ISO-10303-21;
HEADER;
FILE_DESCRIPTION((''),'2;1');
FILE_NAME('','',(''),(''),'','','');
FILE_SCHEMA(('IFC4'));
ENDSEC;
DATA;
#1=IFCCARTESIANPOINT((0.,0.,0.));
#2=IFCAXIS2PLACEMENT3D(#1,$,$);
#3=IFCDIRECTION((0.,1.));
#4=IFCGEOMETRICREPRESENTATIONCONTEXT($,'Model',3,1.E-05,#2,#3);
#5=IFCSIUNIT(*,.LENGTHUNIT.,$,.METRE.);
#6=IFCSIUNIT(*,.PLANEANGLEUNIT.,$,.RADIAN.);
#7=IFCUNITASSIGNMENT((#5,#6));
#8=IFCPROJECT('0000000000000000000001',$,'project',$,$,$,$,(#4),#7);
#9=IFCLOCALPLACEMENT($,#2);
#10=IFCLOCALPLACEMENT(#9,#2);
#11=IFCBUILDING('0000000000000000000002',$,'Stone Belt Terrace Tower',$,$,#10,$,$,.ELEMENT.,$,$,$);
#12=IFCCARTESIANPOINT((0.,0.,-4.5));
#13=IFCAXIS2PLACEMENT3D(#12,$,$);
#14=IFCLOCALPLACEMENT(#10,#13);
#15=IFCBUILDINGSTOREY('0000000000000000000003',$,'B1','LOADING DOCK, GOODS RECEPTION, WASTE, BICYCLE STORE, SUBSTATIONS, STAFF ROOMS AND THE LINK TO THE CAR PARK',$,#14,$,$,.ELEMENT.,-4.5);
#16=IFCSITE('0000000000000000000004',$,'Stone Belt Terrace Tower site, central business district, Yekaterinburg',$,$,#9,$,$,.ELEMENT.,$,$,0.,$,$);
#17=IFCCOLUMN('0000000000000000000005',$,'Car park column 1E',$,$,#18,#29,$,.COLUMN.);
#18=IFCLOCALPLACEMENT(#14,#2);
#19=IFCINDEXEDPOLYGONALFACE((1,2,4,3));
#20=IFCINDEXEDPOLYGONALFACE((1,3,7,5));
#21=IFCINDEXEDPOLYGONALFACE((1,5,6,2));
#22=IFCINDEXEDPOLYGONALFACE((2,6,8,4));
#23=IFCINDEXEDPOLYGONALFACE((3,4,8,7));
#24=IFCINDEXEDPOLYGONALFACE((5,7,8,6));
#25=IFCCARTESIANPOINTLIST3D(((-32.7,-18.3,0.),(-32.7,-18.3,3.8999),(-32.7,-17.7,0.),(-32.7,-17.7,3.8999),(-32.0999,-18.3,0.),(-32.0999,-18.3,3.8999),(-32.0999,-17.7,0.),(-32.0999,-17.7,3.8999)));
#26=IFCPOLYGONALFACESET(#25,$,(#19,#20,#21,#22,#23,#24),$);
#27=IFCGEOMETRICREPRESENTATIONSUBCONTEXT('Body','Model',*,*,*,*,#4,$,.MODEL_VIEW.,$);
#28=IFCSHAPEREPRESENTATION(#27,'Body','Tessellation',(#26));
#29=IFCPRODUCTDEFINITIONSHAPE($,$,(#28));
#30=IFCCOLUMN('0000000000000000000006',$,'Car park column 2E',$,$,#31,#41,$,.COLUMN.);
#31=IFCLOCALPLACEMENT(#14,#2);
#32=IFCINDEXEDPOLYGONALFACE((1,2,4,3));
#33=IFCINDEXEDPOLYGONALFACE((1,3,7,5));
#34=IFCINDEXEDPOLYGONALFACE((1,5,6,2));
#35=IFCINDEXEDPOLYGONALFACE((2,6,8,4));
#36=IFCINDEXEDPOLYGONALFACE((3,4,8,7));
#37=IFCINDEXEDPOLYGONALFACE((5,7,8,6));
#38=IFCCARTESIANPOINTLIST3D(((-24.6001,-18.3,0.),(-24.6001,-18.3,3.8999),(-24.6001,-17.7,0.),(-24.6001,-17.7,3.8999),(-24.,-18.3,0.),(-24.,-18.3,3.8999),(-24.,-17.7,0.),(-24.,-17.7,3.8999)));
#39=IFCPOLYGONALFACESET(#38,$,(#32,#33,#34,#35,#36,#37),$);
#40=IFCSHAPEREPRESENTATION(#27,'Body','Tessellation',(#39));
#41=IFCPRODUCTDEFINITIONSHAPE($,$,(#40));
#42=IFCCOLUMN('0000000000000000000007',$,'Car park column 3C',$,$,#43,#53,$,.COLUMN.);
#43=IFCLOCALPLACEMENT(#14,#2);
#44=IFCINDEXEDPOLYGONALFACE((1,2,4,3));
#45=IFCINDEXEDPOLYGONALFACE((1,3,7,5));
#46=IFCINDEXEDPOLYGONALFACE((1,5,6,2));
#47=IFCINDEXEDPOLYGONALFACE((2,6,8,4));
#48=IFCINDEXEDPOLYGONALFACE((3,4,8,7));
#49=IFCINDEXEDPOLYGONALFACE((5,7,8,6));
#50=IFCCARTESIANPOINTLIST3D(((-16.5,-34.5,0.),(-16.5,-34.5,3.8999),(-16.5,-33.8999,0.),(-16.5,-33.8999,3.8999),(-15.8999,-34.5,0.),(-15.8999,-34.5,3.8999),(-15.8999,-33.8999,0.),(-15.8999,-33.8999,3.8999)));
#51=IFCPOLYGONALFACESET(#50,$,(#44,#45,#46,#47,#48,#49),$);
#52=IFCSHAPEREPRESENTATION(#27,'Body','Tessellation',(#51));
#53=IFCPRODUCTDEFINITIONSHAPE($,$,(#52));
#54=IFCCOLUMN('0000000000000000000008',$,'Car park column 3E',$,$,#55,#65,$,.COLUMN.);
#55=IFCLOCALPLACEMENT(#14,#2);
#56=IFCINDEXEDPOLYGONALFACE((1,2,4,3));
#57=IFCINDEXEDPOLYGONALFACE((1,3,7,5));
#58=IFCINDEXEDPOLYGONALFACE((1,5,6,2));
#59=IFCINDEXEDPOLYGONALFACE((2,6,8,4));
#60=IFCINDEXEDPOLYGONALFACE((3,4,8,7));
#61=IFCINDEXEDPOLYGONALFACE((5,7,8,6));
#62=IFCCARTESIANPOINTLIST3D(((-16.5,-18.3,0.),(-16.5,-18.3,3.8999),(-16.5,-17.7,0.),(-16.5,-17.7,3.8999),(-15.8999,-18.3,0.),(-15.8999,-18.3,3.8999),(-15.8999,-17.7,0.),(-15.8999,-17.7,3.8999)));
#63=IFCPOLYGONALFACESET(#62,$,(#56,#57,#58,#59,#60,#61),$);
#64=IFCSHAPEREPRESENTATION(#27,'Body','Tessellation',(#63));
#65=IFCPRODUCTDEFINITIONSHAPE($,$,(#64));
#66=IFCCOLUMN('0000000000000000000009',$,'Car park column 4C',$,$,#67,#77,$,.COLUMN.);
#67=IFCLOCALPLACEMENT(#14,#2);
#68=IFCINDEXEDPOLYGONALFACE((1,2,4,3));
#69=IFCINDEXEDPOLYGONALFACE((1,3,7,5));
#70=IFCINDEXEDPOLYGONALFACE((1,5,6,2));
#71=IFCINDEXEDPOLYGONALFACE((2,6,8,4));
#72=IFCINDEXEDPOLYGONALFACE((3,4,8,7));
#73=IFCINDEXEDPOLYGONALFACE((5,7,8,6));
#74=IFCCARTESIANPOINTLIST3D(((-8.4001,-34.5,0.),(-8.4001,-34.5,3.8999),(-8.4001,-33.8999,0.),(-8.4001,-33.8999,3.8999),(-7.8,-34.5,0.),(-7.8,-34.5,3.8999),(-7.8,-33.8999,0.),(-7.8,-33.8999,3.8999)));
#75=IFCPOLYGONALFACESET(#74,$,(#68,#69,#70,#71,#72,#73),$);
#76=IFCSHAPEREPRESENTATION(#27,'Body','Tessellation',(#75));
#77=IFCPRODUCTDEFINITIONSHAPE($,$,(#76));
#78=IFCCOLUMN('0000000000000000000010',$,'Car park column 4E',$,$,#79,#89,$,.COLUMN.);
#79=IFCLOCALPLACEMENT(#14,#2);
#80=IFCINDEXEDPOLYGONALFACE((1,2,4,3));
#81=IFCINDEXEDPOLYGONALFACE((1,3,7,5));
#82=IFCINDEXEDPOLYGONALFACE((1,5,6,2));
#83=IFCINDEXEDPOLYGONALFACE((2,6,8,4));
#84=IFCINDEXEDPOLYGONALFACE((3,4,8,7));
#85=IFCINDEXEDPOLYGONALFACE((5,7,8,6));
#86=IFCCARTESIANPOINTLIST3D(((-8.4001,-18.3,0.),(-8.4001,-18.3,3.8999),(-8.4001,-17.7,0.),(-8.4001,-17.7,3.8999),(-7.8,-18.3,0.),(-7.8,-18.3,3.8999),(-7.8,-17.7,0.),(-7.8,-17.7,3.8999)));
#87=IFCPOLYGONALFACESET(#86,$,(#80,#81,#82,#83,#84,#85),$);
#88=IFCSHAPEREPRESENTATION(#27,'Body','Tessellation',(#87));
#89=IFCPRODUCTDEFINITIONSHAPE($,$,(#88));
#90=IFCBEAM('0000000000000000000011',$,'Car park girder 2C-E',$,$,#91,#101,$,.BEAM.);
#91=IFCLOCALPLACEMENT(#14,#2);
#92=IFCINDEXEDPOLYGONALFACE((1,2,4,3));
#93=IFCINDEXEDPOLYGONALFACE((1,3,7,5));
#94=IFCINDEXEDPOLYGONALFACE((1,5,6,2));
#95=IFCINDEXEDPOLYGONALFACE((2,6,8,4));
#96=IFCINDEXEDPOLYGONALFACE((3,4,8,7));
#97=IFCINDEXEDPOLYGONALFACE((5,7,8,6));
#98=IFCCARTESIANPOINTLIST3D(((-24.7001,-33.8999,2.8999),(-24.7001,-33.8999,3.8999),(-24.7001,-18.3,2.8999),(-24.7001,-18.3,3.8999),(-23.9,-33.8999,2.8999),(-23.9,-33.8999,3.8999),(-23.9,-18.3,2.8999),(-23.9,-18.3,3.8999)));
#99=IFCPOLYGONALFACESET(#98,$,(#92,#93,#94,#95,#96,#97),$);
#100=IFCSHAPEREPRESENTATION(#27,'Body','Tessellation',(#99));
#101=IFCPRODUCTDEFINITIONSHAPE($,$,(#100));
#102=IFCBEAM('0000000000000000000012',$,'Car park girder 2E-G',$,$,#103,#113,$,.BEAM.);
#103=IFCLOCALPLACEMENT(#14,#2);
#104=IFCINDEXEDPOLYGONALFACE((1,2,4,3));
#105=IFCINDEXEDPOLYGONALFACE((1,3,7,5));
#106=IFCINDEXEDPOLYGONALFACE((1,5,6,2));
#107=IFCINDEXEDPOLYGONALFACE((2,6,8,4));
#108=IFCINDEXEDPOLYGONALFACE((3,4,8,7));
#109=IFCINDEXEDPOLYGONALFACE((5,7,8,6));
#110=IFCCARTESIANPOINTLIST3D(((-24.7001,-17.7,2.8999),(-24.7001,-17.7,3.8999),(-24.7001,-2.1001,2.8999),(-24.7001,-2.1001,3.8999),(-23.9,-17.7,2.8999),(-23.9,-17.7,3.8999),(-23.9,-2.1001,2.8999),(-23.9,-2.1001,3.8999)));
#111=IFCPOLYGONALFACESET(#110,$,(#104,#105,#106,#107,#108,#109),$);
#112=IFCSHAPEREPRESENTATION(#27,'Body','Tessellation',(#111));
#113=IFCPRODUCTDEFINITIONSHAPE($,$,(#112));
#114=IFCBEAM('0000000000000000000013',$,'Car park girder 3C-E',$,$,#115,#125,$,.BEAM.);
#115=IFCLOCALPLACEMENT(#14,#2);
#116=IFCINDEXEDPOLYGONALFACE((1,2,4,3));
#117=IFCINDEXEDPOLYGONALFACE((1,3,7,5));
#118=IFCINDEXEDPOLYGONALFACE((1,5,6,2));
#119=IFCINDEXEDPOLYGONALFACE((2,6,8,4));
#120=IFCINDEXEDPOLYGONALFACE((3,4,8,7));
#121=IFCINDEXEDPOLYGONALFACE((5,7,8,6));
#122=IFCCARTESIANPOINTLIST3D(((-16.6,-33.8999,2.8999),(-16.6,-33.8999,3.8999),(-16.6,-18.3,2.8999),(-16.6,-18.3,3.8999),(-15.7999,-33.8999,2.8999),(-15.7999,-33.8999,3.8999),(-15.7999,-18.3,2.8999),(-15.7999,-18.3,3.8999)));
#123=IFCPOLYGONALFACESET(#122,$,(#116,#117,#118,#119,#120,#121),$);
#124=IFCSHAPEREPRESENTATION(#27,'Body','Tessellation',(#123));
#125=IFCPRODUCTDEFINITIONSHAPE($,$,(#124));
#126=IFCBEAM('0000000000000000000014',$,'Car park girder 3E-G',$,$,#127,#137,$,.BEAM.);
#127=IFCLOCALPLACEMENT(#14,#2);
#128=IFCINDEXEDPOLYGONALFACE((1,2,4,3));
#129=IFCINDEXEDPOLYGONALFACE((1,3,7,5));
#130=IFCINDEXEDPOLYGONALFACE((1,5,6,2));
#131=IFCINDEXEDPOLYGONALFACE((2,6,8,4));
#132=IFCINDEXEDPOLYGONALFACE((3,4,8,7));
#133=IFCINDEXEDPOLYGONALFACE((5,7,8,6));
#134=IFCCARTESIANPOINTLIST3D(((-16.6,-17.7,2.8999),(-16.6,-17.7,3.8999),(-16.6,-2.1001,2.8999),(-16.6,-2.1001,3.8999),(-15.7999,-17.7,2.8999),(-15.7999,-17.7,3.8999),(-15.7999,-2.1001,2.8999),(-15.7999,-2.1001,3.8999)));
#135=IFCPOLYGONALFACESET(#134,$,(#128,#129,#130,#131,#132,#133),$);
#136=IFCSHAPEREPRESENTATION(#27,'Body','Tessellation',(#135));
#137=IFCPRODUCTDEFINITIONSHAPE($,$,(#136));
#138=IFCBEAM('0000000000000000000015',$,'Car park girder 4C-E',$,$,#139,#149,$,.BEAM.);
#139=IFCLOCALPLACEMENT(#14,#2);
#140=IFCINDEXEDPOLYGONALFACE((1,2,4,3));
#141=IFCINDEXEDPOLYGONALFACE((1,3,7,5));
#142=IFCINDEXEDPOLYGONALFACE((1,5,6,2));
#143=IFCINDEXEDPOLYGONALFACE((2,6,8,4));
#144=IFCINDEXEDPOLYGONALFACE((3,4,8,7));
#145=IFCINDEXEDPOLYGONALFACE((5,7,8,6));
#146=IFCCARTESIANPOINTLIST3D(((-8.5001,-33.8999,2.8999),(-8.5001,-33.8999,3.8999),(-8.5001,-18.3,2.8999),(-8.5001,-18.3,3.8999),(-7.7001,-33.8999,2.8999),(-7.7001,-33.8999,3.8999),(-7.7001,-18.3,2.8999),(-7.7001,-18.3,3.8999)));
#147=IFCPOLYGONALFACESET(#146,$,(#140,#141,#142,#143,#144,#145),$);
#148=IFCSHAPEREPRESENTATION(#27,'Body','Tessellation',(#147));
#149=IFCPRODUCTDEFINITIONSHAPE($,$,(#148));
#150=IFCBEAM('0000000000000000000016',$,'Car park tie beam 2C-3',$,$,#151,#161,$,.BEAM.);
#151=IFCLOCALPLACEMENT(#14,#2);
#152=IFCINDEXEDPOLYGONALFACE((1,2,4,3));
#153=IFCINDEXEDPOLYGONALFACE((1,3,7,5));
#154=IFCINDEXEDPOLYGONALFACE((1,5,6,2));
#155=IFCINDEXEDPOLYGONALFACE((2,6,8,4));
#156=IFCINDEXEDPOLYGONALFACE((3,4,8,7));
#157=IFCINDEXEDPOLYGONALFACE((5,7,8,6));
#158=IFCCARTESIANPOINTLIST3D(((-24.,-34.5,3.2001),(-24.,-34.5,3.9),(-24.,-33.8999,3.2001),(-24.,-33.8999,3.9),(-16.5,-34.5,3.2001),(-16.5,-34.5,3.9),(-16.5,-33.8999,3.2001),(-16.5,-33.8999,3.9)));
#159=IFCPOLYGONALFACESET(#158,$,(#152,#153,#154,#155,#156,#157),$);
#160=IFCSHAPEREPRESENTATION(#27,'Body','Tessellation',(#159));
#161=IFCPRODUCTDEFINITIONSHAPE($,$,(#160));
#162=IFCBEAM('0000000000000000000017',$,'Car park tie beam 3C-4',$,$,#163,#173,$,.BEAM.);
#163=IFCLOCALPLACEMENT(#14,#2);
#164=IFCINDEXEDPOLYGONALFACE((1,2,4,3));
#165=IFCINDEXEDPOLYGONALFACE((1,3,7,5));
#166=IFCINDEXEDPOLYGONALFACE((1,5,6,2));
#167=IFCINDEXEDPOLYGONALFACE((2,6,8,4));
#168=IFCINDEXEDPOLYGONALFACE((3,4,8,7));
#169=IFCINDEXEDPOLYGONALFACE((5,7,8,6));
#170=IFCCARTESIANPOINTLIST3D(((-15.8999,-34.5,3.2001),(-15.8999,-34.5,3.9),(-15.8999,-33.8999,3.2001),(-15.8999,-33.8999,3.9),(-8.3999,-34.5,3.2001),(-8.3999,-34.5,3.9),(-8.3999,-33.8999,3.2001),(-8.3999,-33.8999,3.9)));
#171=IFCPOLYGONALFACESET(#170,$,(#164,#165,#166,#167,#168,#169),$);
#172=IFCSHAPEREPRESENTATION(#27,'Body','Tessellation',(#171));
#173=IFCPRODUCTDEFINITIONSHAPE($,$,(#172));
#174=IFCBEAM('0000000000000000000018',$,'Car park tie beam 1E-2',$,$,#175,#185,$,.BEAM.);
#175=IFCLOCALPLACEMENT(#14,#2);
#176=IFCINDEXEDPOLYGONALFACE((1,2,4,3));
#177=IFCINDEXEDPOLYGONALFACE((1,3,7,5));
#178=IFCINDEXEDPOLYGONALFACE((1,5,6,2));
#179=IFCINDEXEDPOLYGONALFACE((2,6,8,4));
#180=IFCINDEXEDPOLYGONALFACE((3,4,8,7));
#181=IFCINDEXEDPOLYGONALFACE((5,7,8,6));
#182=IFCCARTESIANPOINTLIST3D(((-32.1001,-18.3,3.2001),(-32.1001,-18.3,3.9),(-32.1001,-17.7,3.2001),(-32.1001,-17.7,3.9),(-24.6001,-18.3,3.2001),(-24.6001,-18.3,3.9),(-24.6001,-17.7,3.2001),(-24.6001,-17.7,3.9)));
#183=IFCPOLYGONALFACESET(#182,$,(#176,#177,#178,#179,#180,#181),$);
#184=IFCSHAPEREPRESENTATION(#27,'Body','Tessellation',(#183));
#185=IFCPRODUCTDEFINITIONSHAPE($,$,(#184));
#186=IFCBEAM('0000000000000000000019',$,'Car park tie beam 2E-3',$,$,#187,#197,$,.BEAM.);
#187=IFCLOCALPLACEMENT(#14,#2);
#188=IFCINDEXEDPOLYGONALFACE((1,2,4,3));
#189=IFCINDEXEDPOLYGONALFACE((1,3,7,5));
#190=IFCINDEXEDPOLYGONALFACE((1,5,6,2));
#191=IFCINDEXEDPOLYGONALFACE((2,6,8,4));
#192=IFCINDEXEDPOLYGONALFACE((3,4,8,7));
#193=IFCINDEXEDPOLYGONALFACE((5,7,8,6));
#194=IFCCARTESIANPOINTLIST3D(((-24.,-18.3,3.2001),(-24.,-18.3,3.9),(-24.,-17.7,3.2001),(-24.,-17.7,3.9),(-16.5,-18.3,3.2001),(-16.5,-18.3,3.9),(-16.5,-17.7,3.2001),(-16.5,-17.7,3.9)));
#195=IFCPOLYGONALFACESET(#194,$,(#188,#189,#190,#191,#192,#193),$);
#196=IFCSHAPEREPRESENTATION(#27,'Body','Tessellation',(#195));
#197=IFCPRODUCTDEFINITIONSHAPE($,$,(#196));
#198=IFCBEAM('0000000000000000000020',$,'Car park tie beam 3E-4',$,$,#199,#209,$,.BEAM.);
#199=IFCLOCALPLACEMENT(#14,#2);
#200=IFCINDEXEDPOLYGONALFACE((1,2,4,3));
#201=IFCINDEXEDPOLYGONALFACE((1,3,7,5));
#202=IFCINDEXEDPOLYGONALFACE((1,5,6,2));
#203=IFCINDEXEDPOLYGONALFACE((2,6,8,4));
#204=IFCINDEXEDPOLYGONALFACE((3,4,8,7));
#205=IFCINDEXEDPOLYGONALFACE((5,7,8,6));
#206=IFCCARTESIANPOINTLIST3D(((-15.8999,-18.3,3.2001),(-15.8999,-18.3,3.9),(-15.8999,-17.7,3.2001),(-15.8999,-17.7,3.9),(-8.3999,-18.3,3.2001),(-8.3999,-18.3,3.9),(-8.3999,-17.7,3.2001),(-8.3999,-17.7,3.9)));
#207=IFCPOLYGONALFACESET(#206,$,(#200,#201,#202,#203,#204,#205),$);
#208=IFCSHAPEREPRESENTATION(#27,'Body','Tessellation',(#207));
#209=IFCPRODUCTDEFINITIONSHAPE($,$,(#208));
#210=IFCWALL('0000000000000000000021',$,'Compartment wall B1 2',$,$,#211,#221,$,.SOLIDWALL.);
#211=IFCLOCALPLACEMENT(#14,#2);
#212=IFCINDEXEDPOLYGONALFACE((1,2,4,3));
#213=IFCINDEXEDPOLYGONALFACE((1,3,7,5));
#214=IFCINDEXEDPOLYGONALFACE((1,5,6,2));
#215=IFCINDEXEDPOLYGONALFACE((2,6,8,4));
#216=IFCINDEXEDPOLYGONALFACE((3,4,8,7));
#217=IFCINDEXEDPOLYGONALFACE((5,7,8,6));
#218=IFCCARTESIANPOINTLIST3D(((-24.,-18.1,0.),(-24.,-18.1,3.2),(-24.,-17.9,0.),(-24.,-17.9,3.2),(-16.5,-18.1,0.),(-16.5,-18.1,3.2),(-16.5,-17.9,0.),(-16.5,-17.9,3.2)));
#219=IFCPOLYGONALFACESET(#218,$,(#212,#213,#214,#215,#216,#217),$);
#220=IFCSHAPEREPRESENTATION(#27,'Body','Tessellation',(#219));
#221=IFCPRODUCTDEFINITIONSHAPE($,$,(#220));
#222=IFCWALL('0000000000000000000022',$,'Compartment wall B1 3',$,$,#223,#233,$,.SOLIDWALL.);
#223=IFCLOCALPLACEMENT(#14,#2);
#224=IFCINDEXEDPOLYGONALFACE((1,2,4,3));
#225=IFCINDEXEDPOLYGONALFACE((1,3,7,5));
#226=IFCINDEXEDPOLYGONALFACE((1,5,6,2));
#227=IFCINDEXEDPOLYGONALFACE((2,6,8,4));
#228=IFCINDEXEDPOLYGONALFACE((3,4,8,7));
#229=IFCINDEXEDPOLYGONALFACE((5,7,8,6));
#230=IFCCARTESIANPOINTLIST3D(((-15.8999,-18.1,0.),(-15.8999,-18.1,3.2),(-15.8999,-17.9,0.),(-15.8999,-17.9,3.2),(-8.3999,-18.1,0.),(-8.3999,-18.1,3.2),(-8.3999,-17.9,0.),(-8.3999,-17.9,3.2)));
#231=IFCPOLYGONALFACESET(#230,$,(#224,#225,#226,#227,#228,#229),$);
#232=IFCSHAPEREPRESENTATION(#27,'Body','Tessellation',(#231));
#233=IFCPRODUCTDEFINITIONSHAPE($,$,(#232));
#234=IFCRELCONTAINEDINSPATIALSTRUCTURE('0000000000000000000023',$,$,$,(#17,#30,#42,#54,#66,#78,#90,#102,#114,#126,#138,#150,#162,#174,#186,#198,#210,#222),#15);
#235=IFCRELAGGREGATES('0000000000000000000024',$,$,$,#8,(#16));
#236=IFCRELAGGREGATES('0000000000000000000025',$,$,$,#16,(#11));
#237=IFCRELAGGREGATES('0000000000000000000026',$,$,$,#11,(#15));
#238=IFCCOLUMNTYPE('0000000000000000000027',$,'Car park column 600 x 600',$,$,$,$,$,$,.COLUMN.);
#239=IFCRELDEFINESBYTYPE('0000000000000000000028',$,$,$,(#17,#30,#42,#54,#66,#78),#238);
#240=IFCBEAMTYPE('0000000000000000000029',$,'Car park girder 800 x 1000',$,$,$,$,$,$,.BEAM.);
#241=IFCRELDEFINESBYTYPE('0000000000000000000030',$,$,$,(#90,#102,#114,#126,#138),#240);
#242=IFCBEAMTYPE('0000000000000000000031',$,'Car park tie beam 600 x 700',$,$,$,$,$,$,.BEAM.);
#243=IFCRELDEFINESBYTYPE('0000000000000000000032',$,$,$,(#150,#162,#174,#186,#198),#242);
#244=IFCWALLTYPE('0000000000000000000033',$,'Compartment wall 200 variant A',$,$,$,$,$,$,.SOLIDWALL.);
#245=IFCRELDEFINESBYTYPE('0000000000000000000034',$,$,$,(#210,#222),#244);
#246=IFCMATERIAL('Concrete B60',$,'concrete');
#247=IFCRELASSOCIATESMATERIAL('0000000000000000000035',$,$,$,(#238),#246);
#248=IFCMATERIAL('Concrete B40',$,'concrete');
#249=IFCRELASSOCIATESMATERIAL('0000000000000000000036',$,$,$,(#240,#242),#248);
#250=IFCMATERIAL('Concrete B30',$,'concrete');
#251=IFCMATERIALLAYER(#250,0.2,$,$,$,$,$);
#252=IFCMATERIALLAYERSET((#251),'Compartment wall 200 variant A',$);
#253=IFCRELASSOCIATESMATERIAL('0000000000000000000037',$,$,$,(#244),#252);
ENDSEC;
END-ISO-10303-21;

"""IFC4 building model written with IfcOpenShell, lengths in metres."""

from ifc_helpers import new_model, si_unit, direction, frame, frame_2d, origin, origin_2d, place, context, subcontext, project, spatial, rectangle, extrude, material, layer, layer_set, material_profile, profile_set, type_object, element, save


model = new_model("IFC4")

# Units and contexts
model_context = context("Model", 3, precision=1e-05, world=origin(), true_north=direction((0.0, 1.0)))
body_context = subcontext(model_context, "Body", "Model", "MODEL_VIEW")
ifc_project = project(units=[si_unit("LENGTHUNIT", "METRE"), si_unit("PLANEANGLEUNIT", "RADIAN")], contexts=[model_context])

# Site, building, storey
site_placement = place(None, origin())
site = spatial("IfcSite", under=ifc_project, at=site_placement, Name="Stone Belt Terrace Tower site, central business district, Yekaterinburg", CompositionType="ELEMENT", RefElevation=0.0)
building_placement = place(site_placement, origin())
building = spatial("IfcBuilding", under=site, at=building_placement, Name="Stone Belt Terrace Tower", CompositionType="ELEMENT")
storey_placement = place(building_placement, frame((0.0, 0.0, -4.5)))
storey = spatial("IfcBuildingStorey", under=building, at=storey_placement, Name="B1", Description="LOADING DOCK, GOODS RECEPTION, WASTE, BICYCLE STORE, SUBSTATIONS, STAFF ROOMS AND THE LINK TO THE CAR PARK", CompositionType="ELEMENT", Elevation=-4.5)

# Columns
ifc_material_1 = material(Name="Concrete B60", Category="concrete")
ifc_material_profile_1 = material_profile(ifc_material_1, rectangle(XDim=0.6001, YDim=0.6001, at=origin_2d()), Name="Car park column 600 x 600")
ifc_profile_set_1 = profile_set([ifc_material_profile_1], Name="Concrete B60")
column_type = type_object("IfcColumnType", Name="Car park column 600 x 600", PredefinedType="COLUMN", material=ifc_profile_set_1)
for number, where, z_axis, x_axis, name in (
    (1, (-32.3999, -18.0, 0.0), (0.0, 0.0, 1.0), (1.0, 0.0, 0.0), "Car park column 1E"),
    (2, (-24.3, -18.0, 0.0), (0.0, 0.0, 1.0), (1.0, 0.0, 0.0), "Car park column 2E"),
    (3, (-16.2, -34.2, 0.0), (0.0, 0.0, 1.0), (1.0, 0.0, 0.0), "Car park column 3C"),
    (4, (-16.2, -18.0, 0.0), (0.0, 0.0, 1.0), (1.0, 0.0, 0.0), "Car park column 3E"),
    (5, (-8.1001, -34.2, 0.0), (0.0, 0.0, 1.0), (1.0, 0.0, 0.0), "Car park column 4C"),
    (6, (-8.1001, -18.0, 0.0), (0.0, 0.0, 1.0), (1.0, 0.0, 0.0), "Car park column 4E"),
):
    element("IfcColumn", number, at=place(storey_placement, frame(where, z_axis=z_axis, x_axis=x_axis)), inside=storey, type_object=column_type, Name=name, PredefinedType="COLUMN", context=body_context, shape_type="SweptSolid", body=[
        extrude(rectangle(XDim=0.6001, YDim=0.6001, at=origin_2d()), origin(), (0.0, 0.0, 1.0), 3.8999),
    ])

# Beams
ifc_material_2 = material(Name="Concrete B40", Category="concrete")
ifc_material_profile_2 = material_profile(ifc_material_2, rectangle(XDim=0.8, YDim=1.0, at=origin_2d()), Name="Car park girder 800 x 1000")
ifc_profile_set_2 = profile_set([ifc_material_profile_2], Name="Concrete B40")
beam_type_1 = type_object("IfcBeamType", Name="Car park girder 800 x 1000", PredefinedType="BEAM", material=ifc_profile_set_2)
for number, where, z_axis, x_axis, name in (
    (7, (-24.3, -33.8999, 3.3999), (0.0, 1.0, 0.0), (-1.0, 0.0, 0.0), "Car park girder 2C-E"),
    (8, (-24.3, -17.7, 3.3999), (0.0, 1.0, 0.0), (-1.0, 0.0, 0.0), "Car park girder 2E-G"),
    (9, (-16.2, -33.8999, 3.3999), (0.0, 1.0, 0.0), (-1.0, 0.0, 0.0), "Car park girder 3C-E"),
    (10, (-16.2, -17.7, 3.3999), (0.0, 1.0, 0.0), (-1.0, 0.0, 0.0), "Car park girder 3E-G"),
    (11, (-8.1001, -33.8999, 3.3999), (0.0, 1.0, 0.0), (-1.0, 0.0, 0.0), "Car park girder 4C-E"),
):
    element("IfcBeam", number, at=place(storey_placement, frame(where, z_axis=z_axis, x_axis=x_axis)), inside=storey, type_object=beam_type_1, Name=name, PredefinedType="BEAM", context=body_context, shape_type="SweptSolid", body=[
        extrude(rectangle(XDim=0.8, YDim=1.0, at=origin_2d()), origin(), (0.0, 0.0, 1.0), 15.5999),
    ])
ifc_material_profile_3 = material_profile(ifc_material_2, rectangle(XDim=0.6001, YDim=0.7, at=origin_2d()), Name="Car park tie beam 600 x 700")
ifc_profile_set_3 = profile_set([ifc_material_profile_3], Name="Concrete B40")
beam_type_2 = type_object("IfcBeamType", Name="Car park tie beam 600 x 700", PredefinedType="BEAM", material=ifc_profile_set_3)
for number, where, z_axis, x_axis, name in (
    (12, (-24.0, -34.2, 3.55), (1.0, 0.0, 0.0), (0.0, 1.0, 0.0), "Car park tie beam 2C-3"),
    (13, (-15.8999, -34.2, 3.55), (1.0, 0.0, 0.0), (0.0, 1.0, 0.0), "Car park tie beam 3C-4"),
    (14, (-32.1001, -18.0, 3.55), (1.0, 0.0, 0.0), (0.0, 1.0, 0.0), "Car park tie beam 1E-2"),
    (15, (-24.0, -18.0, 3.55), (1.0, 0.0, 0.0), (0.0, 1.0, 0.0), "Car park tie beam 2E-3"),
    (16, (-15.8999, -18.0, 3.55), (1.0, 0.0, 0.0), (0.0, 1.0, 0.0), "Car park tie beam 3E-4"),
):
    element("IfcBeam", number, at=place(storey_placement, frame(where, z_axis=z_axis, x_axis=x_axis)), inside=storey, type_object=beam_type_2, Name=name, PredefinedType="BEAM", context=body_context, shape_type="SweptSolid", body=[
        extrude(rectangle(XDim=0.6001, YDim=0.7, at=origin_2d()), origin(), (0.0, 0.0, 1.0), 7.5),
    ])

# Shared definitions
ifc_material_3 = material(Name="Concrete B30", Category="concrete")
ifc_layer = layer(ifc_material_3, 0.2)
ifc_layer_set = layer_set([ifc_layer], Name="Compartment wall 200 variant A")
wall_type = type_object("IfcWallType", Name="Compartment wall 200 variant A", PredefinedType="SOLIDWALL", material=ifc_layer_set)

# Walls
for number, where, z_axis, x_axis, name in (
    (17, (-24.0, -18.0, 0.0), (0.0, 0.0, 1.0), (1.0, 0.0, 0.0), "Compartment wall B1 2"),
    (18, (-15.8999, -18.0, 0.0), (0.0, 0.0, 1.0), (1.0, 0.0, 0.0), "Compartment wall B1 3"),
):
    element("IfcWall", number, at=place(storey_placement, frame(where, z_axis=z_axis, x_axis=x_axis)), inside=storey, type_object=wall_type, Name=name, PredefinedType="SOLIDWALL", context=body_context, shape_type="SweptSolid", body=[
        extrude(rectangle(XDim=7.5, YDim=0.2, at=frame_2d((3.75, 0.0))), origin(), (0.0, 0.0, 1.0), 3.2),
    ])

save(model, "model.ifc")
